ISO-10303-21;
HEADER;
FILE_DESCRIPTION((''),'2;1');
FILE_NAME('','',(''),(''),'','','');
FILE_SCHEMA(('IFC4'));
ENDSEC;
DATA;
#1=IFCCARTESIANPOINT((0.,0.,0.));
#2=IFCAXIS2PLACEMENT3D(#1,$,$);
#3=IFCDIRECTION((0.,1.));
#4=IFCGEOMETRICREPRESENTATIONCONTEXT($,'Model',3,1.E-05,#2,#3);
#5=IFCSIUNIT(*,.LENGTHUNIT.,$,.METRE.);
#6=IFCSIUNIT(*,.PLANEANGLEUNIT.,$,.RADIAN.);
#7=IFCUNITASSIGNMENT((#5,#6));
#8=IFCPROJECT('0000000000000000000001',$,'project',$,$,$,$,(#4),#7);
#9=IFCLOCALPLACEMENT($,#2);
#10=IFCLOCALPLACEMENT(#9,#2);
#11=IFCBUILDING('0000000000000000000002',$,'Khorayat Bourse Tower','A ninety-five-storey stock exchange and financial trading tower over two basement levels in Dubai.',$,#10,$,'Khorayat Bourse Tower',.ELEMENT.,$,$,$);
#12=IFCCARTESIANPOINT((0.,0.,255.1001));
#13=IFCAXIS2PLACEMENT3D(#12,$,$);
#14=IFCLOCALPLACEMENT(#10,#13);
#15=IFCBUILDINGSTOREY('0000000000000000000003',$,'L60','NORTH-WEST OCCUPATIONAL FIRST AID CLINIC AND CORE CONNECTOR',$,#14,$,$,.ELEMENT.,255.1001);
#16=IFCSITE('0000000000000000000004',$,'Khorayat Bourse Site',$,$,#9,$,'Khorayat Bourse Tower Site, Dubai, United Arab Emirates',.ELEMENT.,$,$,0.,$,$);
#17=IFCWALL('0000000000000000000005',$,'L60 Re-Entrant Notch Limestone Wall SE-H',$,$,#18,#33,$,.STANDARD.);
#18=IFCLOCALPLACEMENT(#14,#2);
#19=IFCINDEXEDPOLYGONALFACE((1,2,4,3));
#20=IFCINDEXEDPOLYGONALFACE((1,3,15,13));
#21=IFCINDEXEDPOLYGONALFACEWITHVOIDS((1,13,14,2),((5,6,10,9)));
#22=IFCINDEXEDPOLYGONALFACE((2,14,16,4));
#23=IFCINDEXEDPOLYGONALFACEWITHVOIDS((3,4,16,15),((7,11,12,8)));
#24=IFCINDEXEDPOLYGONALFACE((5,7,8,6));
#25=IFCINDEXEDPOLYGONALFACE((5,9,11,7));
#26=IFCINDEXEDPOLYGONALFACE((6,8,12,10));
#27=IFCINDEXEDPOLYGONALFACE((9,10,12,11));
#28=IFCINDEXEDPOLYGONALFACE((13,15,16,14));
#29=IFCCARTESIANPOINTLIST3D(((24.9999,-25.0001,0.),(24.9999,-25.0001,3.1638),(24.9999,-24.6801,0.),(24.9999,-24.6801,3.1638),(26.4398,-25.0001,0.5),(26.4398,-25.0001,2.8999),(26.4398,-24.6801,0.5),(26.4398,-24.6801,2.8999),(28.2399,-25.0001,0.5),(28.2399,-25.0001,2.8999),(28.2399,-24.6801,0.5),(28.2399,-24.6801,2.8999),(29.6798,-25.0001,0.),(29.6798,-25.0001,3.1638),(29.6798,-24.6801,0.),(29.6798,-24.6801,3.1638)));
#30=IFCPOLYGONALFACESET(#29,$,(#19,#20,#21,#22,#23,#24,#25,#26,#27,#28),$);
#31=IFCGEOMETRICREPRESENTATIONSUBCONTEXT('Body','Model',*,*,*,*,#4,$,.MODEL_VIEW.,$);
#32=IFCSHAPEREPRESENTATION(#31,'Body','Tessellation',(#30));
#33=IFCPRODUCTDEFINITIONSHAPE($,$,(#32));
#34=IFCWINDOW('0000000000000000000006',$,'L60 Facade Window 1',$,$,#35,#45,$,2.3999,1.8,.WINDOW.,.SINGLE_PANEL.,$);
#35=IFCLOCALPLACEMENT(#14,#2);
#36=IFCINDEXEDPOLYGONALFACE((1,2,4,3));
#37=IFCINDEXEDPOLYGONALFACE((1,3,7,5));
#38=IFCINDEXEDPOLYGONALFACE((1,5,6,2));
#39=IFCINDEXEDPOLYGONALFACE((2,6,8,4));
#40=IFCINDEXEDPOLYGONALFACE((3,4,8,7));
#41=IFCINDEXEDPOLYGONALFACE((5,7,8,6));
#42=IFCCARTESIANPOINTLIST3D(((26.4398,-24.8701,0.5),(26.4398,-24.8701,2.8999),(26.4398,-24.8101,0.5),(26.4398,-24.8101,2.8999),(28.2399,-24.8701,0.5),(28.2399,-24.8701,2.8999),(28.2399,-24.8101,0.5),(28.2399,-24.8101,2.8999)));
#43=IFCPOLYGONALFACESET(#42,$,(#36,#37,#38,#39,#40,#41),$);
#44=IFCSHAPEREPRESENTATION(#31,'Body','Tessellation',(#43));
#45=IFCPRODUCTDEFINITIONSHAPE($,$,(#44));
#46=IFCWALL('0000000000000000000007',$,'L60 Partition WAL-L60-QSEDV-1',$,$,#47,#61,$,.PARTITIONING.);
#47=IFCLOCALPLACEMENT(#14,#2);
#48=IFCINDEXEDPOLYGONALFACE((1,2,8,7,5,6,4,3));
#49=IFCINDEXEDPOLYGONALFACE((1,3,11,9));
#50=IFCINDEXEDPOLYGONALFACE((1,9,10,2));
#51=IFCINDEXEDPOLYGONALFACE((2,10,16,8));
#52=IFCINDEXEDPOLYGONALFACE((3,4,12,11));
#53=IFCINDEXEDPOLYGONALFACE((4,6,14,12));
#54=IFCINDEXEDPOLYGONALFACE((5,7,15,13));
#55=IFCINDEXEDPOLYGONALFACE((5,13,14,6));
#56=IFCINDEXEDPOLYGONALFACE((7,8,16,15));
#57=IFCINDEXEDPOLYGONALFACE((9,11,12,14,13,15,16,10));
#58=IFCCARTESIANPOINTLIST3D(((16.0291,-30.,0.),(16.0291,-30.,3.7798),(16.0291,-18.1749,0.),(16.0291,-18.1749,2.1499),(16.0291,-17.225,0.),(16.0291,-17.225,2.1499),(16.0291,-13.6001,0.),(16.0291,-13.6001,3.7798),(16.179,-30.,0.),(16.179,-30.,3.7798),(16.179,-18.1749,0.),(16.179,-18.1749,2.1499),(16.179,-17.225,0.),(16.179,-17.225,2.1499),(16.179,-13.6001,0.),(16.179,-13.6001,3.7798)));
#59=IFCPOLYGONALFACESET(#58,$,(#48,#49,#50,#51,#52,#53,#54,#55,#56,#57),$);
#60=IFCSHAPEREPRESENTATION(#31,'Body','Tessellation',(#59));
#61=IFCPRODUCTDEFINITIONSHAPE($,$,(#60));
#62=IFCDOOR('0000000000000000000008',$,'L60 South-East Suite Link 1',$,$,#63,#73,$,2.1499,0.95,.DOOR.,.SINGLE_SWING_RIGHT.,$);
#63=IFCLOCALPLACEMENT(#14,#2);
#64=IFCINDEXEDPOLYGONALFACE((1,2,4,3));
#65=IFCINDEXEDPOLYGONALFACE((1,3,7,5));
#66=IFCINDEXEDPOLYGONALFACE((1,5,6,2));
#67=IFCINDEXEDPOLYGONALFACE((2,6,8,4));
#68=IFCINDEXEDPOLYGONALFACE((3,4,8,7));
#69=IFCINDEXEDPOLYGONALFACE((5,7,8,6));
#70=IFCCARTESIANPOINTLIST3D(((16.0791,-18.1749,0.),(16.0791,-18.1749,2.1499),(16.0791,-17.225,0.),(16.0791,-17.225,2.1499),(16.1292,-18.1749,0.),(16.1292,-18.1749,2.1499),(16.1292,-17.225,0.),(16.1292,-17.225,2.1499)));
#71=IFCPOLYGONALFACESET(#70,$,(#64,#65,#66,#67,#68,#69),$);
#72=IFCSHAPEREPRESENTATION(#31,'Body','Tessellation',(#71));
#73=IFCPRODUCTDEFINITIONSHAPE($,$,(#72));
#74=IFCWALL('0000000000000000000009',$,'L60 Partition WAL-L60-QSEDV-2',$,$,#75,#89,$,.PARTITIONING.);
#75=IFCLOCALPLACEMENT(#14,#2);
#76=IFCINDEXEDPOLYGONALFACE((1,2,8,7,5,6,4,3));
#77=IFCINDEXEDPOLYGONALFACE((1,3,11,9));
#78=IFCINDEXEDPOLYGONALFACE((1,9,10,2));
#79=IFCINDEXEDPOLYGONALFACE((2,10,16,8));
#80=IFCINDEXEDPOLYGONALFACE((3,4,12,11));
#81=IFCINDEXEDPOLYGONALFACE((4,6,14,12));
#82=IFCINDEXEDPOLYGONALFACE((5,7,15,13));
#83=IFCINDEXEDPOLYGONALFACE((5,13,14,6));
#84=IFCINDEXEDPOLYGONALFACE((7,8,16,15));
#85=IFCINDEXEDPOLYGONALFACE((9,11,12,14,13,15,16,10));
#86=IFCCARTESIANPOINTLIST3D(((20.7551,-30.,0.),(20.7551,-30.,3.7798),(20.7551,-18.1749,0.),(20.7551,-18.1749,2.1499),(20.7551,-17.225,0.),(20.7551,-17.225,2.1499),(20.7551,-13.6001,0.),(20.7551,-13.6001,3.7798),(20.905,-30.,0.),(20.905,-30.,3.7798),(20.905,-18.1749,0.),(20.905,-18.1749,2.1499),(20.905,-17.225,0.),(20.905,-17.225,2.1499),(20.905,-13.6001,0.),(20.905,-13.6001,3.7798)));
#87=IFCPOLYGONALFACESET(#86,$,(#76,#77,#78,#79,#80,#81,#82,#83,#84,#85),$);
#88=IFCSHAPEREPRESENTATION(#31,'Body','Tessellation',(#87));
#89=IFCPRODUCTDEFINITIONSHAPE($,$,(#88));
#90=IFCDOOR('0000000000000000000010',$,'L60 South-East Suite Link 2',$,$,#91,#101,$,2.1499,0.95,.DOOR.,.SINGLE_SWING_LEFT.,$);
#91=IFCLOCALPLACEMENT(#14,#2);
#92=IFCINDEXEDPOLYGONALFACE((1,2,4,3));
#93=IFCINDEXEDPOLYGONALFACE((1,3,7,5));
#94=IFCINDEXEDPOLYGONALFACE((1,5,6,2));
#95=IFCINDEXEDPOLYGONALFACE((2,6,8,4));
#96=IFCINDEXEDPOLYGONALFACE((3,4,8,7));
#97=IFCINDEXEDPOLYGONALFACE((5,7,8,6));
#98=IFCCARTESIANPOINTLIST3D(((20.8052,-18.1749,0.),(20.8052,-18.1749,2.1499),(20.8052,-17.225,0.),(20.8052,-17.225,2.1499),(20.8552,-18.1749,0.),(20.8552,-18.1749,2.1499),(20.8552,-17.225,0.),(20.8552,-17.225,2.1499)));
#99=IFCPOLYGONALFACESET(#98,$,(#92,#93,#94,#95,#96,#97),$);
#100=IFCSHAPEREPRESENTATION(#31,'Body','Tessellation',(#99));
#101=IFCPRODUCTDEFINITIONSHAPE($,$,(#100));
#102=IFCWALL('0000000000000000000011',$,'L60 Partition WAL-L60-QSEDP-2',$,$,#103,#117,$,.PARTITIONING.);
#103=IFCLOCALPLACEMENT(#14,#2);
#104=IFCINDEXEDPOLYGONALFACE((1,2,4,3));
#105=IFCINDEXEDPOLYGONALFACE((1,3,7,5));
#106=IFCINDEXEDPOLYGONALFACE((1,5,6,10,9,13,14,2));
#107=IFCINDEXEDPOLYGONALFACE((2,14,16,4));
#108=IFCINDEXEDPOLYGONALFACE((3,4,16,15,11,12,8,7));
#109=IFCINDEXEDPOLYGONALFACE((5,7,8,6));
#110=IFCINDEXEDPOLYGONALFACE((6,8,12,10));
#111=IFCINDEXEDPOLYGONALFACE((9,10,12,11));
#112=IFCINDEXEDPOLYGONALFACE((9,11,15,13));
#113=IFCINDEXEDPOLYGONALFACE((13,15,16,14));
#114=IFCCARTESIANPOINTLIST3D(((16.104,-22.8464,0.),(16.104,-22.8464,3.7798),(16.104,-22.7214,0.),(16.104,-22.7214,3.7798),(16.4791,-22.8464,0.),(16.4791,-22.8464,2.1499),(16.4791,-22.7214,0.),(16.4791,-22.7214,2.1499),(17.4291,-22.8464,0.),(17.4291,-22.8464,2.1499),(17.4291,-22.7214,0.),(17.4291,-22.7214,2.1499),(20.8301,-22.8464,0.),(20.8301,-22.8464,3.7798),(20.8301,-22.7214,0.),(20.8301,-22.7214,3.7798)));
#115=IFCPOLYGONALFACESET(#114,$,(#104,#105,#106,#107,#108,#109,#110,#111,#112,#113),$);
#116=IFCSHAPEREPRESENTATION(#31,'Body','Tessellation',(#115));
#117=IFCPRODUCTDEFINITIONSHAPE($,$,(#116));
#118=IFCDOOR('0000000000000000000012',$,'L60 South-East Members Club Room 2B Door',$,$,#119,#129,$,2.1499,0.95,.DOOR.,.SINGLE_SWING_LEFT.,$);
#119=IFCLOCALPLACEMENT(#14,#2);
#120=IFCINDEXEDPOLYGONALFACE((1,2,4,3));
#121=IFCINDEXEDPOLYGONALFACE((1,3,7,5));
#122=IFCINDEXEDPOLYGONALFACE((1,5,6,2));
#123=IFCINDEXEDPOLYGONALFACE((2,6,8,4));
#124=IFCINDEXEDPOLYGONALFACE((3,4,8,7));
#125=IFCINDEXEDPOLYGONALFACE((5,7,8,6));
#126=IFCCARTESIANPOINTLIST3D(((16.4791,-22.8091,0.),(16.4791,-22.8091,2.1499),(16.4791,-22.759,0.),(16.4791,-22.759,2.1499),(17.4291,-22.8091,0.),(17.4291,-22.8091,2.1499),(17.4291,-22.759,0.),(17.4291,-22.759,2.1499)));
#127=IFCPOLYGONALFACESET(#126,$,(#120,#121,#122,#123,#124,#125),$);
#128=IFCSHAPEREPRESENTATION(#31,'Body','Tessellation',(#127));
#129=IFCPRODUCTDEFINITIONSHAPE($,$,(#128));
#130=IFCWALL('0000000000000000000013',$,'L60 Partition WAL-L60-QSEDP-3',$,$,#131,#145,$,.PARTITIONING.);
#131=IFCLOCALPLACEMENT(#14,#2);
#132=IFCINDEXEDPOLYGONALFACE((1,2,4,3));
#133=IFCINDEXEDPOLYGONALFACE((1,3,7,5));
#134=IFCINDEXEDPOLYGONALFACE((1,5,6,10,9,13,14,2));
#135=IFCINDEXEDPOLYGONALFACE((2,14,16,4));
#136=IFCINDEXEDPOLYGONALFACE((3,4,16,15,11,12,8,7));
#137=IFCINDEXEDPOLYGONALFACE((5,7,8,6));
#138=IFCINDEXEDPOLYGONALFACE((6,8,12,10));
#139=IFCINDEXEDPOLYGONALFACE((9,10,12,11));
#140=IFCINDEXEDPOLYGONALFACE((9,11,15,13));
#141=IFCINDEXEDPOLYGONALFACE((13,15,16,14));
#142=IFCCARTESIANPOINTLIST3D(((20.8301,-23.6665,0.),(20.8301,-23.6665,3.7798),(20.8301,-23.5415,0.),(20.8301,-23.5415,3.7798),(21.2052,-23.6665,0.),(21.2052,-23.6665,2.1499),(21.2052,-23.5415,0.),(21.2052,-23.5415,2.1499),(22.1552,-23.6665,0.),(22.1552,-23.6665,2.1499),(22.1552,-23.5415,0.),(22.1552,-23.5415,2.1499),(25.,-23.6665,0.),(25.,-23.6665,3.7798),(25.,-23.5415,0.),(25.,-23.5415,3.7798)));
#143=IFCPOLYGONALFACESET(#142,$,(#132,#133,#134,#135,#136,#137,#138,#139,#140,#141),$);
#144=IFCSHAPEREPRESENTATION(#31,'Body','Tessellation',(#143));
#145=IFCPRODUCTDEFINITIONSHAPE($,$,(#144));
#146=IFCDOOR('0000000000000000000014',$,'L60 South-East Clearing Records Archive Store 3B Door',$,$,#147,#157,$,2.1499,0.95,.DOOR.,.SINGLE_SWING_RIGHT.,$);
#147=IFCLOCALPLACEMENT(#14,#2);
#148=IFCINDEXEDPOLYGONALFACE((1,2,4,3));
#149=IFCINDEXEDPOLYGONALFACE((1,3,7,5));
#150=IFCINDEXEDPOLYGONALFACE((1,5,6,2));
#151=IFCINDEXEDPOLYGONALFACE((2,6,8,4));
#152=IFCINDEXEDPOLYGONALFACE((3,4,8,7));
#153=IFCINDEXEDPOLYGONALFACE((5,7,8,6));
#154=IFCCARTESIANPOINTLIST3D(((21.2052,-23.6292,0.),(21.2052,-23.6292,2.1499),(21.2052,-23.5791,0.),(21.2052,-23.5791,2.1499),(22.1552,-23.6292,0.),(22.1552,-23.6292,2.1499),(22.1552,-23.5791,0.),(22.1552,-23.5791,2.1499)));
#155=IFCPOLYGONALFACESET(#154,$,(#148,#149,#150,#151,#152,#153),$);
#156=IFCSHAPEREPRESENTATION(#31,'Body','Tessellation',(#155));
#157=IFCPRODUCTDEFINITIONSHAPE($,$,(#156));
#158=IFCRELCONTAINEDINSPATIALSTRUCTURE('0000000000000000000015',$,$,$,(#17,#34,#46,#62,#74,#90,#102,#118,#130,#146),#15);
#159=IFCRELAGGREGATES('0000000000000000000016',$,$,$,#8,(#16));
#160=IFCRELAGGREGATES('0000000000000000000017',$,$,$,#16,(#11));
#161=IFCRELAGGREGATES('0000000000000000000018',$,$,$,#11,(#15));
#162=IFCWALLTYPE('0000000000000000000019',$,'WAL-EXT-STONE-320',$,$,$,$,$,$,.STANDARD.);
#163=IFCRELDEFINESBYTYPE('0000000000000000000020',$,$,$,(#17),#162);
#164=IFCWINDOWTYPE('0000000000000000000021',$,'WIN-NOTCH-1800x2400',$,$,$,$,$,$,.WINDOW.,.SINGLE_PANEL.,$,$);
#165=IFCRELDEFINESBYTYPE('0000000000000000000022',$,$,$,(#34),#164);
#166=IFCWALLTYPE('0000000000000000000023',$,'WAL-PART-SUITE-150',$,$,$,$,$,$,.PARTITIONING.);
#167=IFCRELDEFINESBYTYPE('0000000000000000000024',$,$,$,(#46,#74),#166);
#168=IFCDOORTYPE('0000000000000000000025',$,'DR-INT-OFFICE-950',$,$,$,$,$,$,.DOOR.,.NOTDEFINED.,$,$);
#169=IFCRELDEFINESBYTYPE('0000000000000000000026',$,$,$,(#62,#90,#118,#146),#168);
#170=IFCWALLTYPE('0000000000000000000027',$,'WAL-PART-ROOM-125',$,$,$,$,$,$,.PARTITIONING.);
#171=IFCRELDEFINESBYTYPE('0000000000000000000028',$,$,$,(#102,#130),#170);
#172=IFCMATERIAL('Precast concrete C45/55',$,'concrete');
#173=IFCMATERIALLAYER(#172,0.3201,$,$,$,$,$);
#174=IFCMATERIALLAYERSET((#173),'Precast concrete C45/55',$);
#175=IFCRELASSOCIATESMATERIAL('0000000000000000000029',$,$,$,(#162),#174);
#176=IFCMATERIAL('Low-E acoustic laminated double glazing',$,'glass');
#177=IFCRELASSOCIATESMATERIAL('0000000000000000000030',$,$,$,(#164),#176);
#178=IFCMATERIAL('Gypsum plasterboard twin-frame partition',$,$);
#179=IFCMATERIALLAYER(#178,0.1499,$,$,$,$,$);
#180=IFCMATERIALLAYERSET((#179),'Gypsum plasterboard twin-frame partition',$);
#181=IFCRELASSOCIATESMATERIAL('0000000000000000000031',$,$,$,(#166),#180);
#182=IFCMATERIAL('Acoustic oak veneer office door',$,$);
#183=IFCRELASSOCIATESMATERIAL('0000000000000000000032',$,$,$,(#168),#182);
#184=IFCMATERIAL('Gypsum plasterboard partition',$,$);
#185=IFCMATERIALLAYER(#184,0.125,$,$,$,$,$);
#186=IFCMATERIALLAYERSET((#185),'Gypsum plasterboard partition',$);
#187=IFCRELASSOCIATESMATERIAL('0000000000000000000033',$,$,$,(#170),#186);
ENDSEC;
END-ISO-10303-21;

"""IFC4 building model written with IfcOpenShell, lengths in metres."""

from ifc_helpers import new_model, si_unit, direction, frame, frame_2d, origin, place, context, subcontext, project, spatial, rectangle, extrude, source, transform, mapped, material, layer, layer_set, type_object, element, fill, save


model = new_model("IFC4")

# Units and contexts
model_context = context("Model", 3, precision=1e-05, world=origin(), true_north=direction((0.0, 1.0)))
body_context = subcontext(model_context, "Body", "Model", "MODEL_VIEW")
ifc_project = project(units=[si_unit("LENGTHUNIT", "METRE"), si_unit("PLANEANGLEUNIT", "RADIAN")], contexts=[model_context])

# Site, building, storey
site_placement = place(None, origin())
site = spatial("IfcSite", under=ifc_project, at=site_placement, Name="Khorayat Bourse Site", LongName="Khorayat Bourse Tower Site, Dubai, United Arab Emirates", CompositionType="ELEMENT", RefElevation=0.0)
building_placement = place(site_placement, origin())
building = spatial("IfcBuilding", under=site, at=building_placement, Name="Khorayat Bourse Tower", Description="A ninety-five-storey stock exchange and financial trading tower over two basement levels in Dubai.", LongName="Khorayat Bourse Tower", CompositionType="ELEMENT")
storey_placement = place(building_placement, frame((0.0, 0.0, 255.1001)))
storey = spatial("IfcBuildingStorey", under=building, at=storey_placement, Name="L60", Description="NORTH-WEST OCCUPATIONAL FIRST AID CLINIC AND CORE CONNECTOR", CompositionType="ELEMENT", Elevation=255.1001)

# Wall, opening, window
ifc_material_1 = material(Name="Precast concrete C45/55", Category="concrete")
ifc_layer_1 = layer(ifc_material_1, 0.3201)
ifc_layer_set_1 = layer_set([ifc_layer_1], Name="Precast concrete C45/55")
wall_type_1 = type_object("IfcWallType", Name="WAL-EXT-STONE-320", PredefinedType="STANDARD", material=ifc_layer_set_1)
shared_shape_1 = source(origin(), body_context, "Body", "SweptSolid", [
    extrude(rectangle(XDim=4.6799, YDim=0.3201, at=frame_2d((2.3398, 0.0))), origin(), (0.0, 0.0, 1.0), 3.1638),
])
shared_shape_2 = source(origin(), body_context, "Body", "SweptSolid", [
    extrude(rectangle(XDim=1.8, YDim=2.3999, at=frame_2d((0.8999, 1.2))), frame((0.0, 0.1699, 0.0), z_axis=(0.0, -1.0, 0.0), x_axis=(1.0, 0.0, 0.0)), (0.0, 0.0, 1.0), 0.3401),
])
ifc_material_2 = material(Name="Low-E acoustic laminated double glazing", Category="glass")
window_type = type_object("IfcWindowType", Name="WIN-NOTCH-1800x2400", PartitioningType="SINGLE_PANEL", PredefinedType="WINDOW", material=ifc_material_2)
shared_shape_3 = source(origin(), body_context, "Body", "SweptSolid", [
    extrude(rectangle(XDim=1.8, YDim=2.3999, at=frame_2d((0.8999, 1.2))), frame((0.0, 0.03, 0.0), z_axis=(0.0, -1.0, 0.0), x_axis=(1.0, 0.0, 0.0)), (0.0, 0.0, 1.0), 0.0601),
])
wall_1_placement = place(storey_placement, frame((25.0, -24.8401, 0.0), z_axis=(0.0, 0.0, 1.0), x_axis=(1.0, 0.0, 0.0)))
wall_1 = element("IfcWall", 1, at=wall_1_placement, inside=storey, type_object=wall_type_1, Name="L60 Re-Entrant Notch Limestone Wall SE-H", PredefinedType="STANDARD", context=body_context, shape_type="MappedRepresentation", body=[
    mapped(shared_shape_1, transform((0.0, 0.0, 0.0), scale=1.0)),
])
opening_1_placement = place(wall_1_placement, frame((1.4399, 0.0, 0.5)))
opening_1 = element("IfcOpeningElement", 2, at=opening_1_placement, cuts=wall_1, PredefinedType="OPENING", context=body_context, shape_type="MappedRepresentation", body=[
    mapped(shared_shape_2, transform((0.0, 0.0, 0.0), scale=1.0)),
])
window_1_placement = place(opening_1_placement, origin())
window_1 = element("IfcWindow", 3, at=window_1_placement, inside=storey, type_object=window_type, Name="L60 Facade Window 1", OverallHeight=2.3999, OverallWidth=1.8, PartitioningType="SINGLE_PANEL", PredefinedType="WINDOW", context=body_context, shape_type="MappedRepresentation", body=[
    mapped(shared_shape_3, transform((0.0, 0.0, 0.0), scale=1.0)),
])
fill(opening_1, window_1)

# Walls, openings, doors
ifc_material_3 = material(Name="Gypsum plasterboard twin-frame partition")
ifc_layer_2 = layer(ifc_material_3, 0.1499)
ifc_layer_set_2 = layer_set([ifc_layer_2], Name="Gypsum plasterboard twin-frame partition")
wall_type_2 = type_object("IfcWallType", Name="WAL-PART-SUITE-150", PredefinedType="PARTITIONING", material=ifc_layer_set_2)
shared_shape_4 = source(origin(), body_context, "Body", "SweptSolid", [
    extrude(rectangle(XDim=16.3999, YDim=0.1499, at=frame_2d((8.2, 0.0))), origin(), (0.0, 0.0, 1.0), 3.7798),
])
wall_2_placement = place(storey_placement, frame((16.104, -30.0, 0.0), z_axis=(0.0, 0.0, 1.0), x_axis=(0.0, 1.0, 0.0)))
wall_2 = element("IfcWall", 4, at=wall_2_placement, inside=storey, type_object=wall_type_2, Name="L60 Partition WAL-L60-QSEDV-1", PredefinedType="PARTITIONING", context=body_context, shape_type="MappedRepresentation", body=[
    mapped(shared_shape_4, transform((0.0, 0.0, 0.0), scale=1.0)),
])
shared_shape_5 = source(origin(), body_context, "Body", "SweptSolid", [
    extrude(rectangle(XDim=0.95, YDim=2.1499, at=frame_2d((0.4751, 1.075))), frame((0.0, 0.085, 0.0), z_axis=(0.0, -1.0, 0.0), x_axis=(1.0, 0.0, 0.0)), (0.0, 0.0, 1.0), 0.1699),
])
opening_2_placement = place(wall_2_placement, frame((11.825, 0.0, 0.0)))
opening_2 = element("IfcOpeningElement", 5, at=opening_2_placement, cuts=wall_2, PredefinedType="OPENING", context=body_context, shape_type="MappedRepresentation", body=[
    mapped(shared_shape_5, transform((0.0, 0.0, 0.0), scale=1.0)),
])
ifc_material_4 = material(Name="Acoustic oak veneer office door")
door_type = type_object("IfcDoorType", Name="DR-INT-OFFICE-950", OperationType="NOTDEFINED", PredefinedType="DOOR", material=ifc_material_4)
shared_shape_6 = source(origin(), body_context, "Body", "SweptSolid", [
    extrude(rectangle(XDim=0.95, YDim=2.1499, at=frame_2d((0.4751, 1.075))), frame((0.0, 0.0249, 0.0), z_axis=(0.0, -1.0, 0.0), x_axis=(1.0, 0.0, 0.0)), (0.0, 0.0, 1.0), 0.05),
])
door_1_placement = place(opening_2_placement, origin())
door_1 = element("IfcDoor", 6, at=door_1_placement, inside=storey, type_object=door_type, Name="L60 South-East Suite Link 1", OperationType="SINGLE_SWING_RIGHT", OverallHeight=2.1499, OverallWidth=0.95, PredefinedType="DOOR", context=body_context, shape_type="MappedRepresentation", body=[
    mapped(shared_shape_6, transform((0.0, 0.0, 0.0), scale=1.0)),
])
fill(opening_2, door_1)
wall_3_placement = place(storey_placement, frame((20.8301, -30.0, 0.0), z_axis=(0.0, 0.0, 1.0), x_axis=(0.0, 1.0, 0.0)))
wall_3 = element("IfcWall", 7, at=wall_3_placement, inside=storey, type_object=wall_type_2, Name="L60 Partition WAL-L60-QSEDV-2", PredefinedType="PARTITIONING", context=body_context, shape_type="MappedRepresentation", body=[
    mapped(shared_shape_4, transform((0.0, 0.0, 0.0), scale=1.0)),
])
opening_3_placement = place(wall_3_placement, frame((11.825, 0.0, 0.0)))
opening_3 = element("IfcOpeningElement", 8, at=opening_3_placement, cuts=wall_3, PredefinedType="OPENING", context=body_context, shape_type="MappedRepresentation", body=[
    mapped(shared_shape_5, transform((0.0, 0.0, 0.0), scale=1.0)),
])
door_2_placement = place(opening_3_placement, origin())
door_2 = element("IfcDoor", 9, at=door_2_placement, inside=storey, type_object=door_type, Name="L60 South-East Suite Link 2", OperationType="SINGLE_SWING_LEFT", OverallHeight=2.1499, OverallWidth=0.95, PredefinedType="DOOR", context=body_context, shape_type="MappedRepresentation", body=[
    mapped(shared_shape_6, transform((0.0, 0.0, 0.0), scale=1.0)),
])
fill(opening_3, door_2)
ifc_material_5 = material(Name="Gypsum plasterboard partition")
ifc_layer_3 = layer(ifc_material_5, 0.125)
ifc_layer_set_3 = layer_set([ifc_layer_3], Name="Gypsum plasterboard partition")
wall_type_3 = type_object("IfcWallType", Name="WAL-PART-ROOM-125", PredefinedType="PARTITIONING", material=ifc_layer_set_3)
shared_shape_7 = source(origin(), body_context, "Body", "SweptSolid", [
    extrude(rectangle(XDim=4.7261, YDim=0.125, at=frame_2d((2.363, 0.0))), origin(), (0.0, 0.0, 1.0), 3.7798),
])
wall_4_placement = place(storey_placement, frame((16.104, -22.7839, 0.0), z_axis=(0.0, 0.0, 1.0), x_axis=(1.0, 0.0, 0.0)))
wall_4 = element("IfcWall", 10, at=wall_4_placement, inside=storey, type_object=wall_type_3, Name="L60 Partition WAL-L60-QSEDP-2", PredefinedType="PARTITIONING", context=body_context, shape_type="MappedRepresentation", body=[
    mapped(shared_shape_7, transform((0.0, 0.0, 0.0), scale=1.0)),
])
shared_shape_8 = source(origin(), body_context, "Body", "SweptSolid", [
    extrude(rectangle(XDim=0.95, YDim=2.1499, at=frame_2d((0.4751, 1.075))), frame((0.0, 0.0725, 0.0), z_axis=(0.0, -1.0, 0.0), x_axis=(1.0, 0.0, 0.0)), (0.0, 0.0, 1.0), 0.145),
])
opening_4_placement = place(wall_4_placement, frame((0.375, 0.0, 0.0)))
opening_4 = element("IfcOpeningElement", 11, at=opening_4_placement, cuts=wall_4, PredefinedType="OPENING", context=body_context, shape_type="MappedRepresentation", body=[
    mapped(shared_shape_8, transform((0.0, 0.0, 0.0), scale=1.0)),
])
door_3_placement = place(opening_4_placement, origin())
door_3 = element("IfcDoor", 12, at=door_3_placement, inside=storey, type_object=door_type, Name="L60 South-East Members Club Room 2B Door", OperationType="SINGLE_SWING_LEFT", OverallHeight=2.1499, OverallWidth=0.95, PredefinedType="DOOR", context=body_context, shape_type="MappedRepresentation", body=[
    mapped(shared_shape_6, transform((0.0, 0.0, 0.0), scale=1.0)),
])
fill(opening_4, door_3)
shared_shape_9 = source(origin(), body_context, "Body", "SweptSolid", [
    extrude(rectangle(XDim=4.1699, YDim=0.125, at=frame_2d((2.085, 0.0))), origin(), (0.0, 0.0, 1.0), 3.7798),
])
wall_5_placement = place(storey_placement, frame((20.8301, -23.604, 0.0), z_axis=(0.0, 0.0, 1.0), x_axis=(1.0, 0.0, 0.0)))
wall_5 = element("IfcWall", 13, at=wall_5_placement, inside=storey, type_object=wall_type_3, Name="L60 Partition WAL-L60-QSEDP-3", PredefinedType="PARTITIONING", context=body_context, shape_type="MappedRepresentation", body=[
    mapped(shared_shape_9, transform((0.0, 0.0, 0.0), scale=1.0)),
])
opening_5_placement = place(wall_5_placement, frame((0.375, 0.0, 0.0)))
opening_5 = element("IfcOpeningElement", 14, at=opening_5_placement, cuts=wall_5, PredefinedType="OPENING", context=body_context, shape_type="MappedRepresentation", body=[
    mapped(shared_shape_8, transform((0.0, 0.0, 0.0), scale=1.0)),
])
door_4_placement = place(opening_5_placement, origin())
door_4 = element("IfcDoor", 15, at=door_4_placement, inside=storey, type_object=door_type, Name="L60 South-East Clearing Records Archive Store 3B Door", OperationType="SINGLE_SWING_RIGHT", OverallHeight=2.1499, OverallWidth=0.95, PredefinedType="DOOR", context=body_context, shape_type="MappedRepresentation", body=[
    mapped(shared_shape_6, transform((0.0, 0.0, 0.0), scale=1.0)),
])
fill(opening_5, door_4)

save(model, "model.ifc")
